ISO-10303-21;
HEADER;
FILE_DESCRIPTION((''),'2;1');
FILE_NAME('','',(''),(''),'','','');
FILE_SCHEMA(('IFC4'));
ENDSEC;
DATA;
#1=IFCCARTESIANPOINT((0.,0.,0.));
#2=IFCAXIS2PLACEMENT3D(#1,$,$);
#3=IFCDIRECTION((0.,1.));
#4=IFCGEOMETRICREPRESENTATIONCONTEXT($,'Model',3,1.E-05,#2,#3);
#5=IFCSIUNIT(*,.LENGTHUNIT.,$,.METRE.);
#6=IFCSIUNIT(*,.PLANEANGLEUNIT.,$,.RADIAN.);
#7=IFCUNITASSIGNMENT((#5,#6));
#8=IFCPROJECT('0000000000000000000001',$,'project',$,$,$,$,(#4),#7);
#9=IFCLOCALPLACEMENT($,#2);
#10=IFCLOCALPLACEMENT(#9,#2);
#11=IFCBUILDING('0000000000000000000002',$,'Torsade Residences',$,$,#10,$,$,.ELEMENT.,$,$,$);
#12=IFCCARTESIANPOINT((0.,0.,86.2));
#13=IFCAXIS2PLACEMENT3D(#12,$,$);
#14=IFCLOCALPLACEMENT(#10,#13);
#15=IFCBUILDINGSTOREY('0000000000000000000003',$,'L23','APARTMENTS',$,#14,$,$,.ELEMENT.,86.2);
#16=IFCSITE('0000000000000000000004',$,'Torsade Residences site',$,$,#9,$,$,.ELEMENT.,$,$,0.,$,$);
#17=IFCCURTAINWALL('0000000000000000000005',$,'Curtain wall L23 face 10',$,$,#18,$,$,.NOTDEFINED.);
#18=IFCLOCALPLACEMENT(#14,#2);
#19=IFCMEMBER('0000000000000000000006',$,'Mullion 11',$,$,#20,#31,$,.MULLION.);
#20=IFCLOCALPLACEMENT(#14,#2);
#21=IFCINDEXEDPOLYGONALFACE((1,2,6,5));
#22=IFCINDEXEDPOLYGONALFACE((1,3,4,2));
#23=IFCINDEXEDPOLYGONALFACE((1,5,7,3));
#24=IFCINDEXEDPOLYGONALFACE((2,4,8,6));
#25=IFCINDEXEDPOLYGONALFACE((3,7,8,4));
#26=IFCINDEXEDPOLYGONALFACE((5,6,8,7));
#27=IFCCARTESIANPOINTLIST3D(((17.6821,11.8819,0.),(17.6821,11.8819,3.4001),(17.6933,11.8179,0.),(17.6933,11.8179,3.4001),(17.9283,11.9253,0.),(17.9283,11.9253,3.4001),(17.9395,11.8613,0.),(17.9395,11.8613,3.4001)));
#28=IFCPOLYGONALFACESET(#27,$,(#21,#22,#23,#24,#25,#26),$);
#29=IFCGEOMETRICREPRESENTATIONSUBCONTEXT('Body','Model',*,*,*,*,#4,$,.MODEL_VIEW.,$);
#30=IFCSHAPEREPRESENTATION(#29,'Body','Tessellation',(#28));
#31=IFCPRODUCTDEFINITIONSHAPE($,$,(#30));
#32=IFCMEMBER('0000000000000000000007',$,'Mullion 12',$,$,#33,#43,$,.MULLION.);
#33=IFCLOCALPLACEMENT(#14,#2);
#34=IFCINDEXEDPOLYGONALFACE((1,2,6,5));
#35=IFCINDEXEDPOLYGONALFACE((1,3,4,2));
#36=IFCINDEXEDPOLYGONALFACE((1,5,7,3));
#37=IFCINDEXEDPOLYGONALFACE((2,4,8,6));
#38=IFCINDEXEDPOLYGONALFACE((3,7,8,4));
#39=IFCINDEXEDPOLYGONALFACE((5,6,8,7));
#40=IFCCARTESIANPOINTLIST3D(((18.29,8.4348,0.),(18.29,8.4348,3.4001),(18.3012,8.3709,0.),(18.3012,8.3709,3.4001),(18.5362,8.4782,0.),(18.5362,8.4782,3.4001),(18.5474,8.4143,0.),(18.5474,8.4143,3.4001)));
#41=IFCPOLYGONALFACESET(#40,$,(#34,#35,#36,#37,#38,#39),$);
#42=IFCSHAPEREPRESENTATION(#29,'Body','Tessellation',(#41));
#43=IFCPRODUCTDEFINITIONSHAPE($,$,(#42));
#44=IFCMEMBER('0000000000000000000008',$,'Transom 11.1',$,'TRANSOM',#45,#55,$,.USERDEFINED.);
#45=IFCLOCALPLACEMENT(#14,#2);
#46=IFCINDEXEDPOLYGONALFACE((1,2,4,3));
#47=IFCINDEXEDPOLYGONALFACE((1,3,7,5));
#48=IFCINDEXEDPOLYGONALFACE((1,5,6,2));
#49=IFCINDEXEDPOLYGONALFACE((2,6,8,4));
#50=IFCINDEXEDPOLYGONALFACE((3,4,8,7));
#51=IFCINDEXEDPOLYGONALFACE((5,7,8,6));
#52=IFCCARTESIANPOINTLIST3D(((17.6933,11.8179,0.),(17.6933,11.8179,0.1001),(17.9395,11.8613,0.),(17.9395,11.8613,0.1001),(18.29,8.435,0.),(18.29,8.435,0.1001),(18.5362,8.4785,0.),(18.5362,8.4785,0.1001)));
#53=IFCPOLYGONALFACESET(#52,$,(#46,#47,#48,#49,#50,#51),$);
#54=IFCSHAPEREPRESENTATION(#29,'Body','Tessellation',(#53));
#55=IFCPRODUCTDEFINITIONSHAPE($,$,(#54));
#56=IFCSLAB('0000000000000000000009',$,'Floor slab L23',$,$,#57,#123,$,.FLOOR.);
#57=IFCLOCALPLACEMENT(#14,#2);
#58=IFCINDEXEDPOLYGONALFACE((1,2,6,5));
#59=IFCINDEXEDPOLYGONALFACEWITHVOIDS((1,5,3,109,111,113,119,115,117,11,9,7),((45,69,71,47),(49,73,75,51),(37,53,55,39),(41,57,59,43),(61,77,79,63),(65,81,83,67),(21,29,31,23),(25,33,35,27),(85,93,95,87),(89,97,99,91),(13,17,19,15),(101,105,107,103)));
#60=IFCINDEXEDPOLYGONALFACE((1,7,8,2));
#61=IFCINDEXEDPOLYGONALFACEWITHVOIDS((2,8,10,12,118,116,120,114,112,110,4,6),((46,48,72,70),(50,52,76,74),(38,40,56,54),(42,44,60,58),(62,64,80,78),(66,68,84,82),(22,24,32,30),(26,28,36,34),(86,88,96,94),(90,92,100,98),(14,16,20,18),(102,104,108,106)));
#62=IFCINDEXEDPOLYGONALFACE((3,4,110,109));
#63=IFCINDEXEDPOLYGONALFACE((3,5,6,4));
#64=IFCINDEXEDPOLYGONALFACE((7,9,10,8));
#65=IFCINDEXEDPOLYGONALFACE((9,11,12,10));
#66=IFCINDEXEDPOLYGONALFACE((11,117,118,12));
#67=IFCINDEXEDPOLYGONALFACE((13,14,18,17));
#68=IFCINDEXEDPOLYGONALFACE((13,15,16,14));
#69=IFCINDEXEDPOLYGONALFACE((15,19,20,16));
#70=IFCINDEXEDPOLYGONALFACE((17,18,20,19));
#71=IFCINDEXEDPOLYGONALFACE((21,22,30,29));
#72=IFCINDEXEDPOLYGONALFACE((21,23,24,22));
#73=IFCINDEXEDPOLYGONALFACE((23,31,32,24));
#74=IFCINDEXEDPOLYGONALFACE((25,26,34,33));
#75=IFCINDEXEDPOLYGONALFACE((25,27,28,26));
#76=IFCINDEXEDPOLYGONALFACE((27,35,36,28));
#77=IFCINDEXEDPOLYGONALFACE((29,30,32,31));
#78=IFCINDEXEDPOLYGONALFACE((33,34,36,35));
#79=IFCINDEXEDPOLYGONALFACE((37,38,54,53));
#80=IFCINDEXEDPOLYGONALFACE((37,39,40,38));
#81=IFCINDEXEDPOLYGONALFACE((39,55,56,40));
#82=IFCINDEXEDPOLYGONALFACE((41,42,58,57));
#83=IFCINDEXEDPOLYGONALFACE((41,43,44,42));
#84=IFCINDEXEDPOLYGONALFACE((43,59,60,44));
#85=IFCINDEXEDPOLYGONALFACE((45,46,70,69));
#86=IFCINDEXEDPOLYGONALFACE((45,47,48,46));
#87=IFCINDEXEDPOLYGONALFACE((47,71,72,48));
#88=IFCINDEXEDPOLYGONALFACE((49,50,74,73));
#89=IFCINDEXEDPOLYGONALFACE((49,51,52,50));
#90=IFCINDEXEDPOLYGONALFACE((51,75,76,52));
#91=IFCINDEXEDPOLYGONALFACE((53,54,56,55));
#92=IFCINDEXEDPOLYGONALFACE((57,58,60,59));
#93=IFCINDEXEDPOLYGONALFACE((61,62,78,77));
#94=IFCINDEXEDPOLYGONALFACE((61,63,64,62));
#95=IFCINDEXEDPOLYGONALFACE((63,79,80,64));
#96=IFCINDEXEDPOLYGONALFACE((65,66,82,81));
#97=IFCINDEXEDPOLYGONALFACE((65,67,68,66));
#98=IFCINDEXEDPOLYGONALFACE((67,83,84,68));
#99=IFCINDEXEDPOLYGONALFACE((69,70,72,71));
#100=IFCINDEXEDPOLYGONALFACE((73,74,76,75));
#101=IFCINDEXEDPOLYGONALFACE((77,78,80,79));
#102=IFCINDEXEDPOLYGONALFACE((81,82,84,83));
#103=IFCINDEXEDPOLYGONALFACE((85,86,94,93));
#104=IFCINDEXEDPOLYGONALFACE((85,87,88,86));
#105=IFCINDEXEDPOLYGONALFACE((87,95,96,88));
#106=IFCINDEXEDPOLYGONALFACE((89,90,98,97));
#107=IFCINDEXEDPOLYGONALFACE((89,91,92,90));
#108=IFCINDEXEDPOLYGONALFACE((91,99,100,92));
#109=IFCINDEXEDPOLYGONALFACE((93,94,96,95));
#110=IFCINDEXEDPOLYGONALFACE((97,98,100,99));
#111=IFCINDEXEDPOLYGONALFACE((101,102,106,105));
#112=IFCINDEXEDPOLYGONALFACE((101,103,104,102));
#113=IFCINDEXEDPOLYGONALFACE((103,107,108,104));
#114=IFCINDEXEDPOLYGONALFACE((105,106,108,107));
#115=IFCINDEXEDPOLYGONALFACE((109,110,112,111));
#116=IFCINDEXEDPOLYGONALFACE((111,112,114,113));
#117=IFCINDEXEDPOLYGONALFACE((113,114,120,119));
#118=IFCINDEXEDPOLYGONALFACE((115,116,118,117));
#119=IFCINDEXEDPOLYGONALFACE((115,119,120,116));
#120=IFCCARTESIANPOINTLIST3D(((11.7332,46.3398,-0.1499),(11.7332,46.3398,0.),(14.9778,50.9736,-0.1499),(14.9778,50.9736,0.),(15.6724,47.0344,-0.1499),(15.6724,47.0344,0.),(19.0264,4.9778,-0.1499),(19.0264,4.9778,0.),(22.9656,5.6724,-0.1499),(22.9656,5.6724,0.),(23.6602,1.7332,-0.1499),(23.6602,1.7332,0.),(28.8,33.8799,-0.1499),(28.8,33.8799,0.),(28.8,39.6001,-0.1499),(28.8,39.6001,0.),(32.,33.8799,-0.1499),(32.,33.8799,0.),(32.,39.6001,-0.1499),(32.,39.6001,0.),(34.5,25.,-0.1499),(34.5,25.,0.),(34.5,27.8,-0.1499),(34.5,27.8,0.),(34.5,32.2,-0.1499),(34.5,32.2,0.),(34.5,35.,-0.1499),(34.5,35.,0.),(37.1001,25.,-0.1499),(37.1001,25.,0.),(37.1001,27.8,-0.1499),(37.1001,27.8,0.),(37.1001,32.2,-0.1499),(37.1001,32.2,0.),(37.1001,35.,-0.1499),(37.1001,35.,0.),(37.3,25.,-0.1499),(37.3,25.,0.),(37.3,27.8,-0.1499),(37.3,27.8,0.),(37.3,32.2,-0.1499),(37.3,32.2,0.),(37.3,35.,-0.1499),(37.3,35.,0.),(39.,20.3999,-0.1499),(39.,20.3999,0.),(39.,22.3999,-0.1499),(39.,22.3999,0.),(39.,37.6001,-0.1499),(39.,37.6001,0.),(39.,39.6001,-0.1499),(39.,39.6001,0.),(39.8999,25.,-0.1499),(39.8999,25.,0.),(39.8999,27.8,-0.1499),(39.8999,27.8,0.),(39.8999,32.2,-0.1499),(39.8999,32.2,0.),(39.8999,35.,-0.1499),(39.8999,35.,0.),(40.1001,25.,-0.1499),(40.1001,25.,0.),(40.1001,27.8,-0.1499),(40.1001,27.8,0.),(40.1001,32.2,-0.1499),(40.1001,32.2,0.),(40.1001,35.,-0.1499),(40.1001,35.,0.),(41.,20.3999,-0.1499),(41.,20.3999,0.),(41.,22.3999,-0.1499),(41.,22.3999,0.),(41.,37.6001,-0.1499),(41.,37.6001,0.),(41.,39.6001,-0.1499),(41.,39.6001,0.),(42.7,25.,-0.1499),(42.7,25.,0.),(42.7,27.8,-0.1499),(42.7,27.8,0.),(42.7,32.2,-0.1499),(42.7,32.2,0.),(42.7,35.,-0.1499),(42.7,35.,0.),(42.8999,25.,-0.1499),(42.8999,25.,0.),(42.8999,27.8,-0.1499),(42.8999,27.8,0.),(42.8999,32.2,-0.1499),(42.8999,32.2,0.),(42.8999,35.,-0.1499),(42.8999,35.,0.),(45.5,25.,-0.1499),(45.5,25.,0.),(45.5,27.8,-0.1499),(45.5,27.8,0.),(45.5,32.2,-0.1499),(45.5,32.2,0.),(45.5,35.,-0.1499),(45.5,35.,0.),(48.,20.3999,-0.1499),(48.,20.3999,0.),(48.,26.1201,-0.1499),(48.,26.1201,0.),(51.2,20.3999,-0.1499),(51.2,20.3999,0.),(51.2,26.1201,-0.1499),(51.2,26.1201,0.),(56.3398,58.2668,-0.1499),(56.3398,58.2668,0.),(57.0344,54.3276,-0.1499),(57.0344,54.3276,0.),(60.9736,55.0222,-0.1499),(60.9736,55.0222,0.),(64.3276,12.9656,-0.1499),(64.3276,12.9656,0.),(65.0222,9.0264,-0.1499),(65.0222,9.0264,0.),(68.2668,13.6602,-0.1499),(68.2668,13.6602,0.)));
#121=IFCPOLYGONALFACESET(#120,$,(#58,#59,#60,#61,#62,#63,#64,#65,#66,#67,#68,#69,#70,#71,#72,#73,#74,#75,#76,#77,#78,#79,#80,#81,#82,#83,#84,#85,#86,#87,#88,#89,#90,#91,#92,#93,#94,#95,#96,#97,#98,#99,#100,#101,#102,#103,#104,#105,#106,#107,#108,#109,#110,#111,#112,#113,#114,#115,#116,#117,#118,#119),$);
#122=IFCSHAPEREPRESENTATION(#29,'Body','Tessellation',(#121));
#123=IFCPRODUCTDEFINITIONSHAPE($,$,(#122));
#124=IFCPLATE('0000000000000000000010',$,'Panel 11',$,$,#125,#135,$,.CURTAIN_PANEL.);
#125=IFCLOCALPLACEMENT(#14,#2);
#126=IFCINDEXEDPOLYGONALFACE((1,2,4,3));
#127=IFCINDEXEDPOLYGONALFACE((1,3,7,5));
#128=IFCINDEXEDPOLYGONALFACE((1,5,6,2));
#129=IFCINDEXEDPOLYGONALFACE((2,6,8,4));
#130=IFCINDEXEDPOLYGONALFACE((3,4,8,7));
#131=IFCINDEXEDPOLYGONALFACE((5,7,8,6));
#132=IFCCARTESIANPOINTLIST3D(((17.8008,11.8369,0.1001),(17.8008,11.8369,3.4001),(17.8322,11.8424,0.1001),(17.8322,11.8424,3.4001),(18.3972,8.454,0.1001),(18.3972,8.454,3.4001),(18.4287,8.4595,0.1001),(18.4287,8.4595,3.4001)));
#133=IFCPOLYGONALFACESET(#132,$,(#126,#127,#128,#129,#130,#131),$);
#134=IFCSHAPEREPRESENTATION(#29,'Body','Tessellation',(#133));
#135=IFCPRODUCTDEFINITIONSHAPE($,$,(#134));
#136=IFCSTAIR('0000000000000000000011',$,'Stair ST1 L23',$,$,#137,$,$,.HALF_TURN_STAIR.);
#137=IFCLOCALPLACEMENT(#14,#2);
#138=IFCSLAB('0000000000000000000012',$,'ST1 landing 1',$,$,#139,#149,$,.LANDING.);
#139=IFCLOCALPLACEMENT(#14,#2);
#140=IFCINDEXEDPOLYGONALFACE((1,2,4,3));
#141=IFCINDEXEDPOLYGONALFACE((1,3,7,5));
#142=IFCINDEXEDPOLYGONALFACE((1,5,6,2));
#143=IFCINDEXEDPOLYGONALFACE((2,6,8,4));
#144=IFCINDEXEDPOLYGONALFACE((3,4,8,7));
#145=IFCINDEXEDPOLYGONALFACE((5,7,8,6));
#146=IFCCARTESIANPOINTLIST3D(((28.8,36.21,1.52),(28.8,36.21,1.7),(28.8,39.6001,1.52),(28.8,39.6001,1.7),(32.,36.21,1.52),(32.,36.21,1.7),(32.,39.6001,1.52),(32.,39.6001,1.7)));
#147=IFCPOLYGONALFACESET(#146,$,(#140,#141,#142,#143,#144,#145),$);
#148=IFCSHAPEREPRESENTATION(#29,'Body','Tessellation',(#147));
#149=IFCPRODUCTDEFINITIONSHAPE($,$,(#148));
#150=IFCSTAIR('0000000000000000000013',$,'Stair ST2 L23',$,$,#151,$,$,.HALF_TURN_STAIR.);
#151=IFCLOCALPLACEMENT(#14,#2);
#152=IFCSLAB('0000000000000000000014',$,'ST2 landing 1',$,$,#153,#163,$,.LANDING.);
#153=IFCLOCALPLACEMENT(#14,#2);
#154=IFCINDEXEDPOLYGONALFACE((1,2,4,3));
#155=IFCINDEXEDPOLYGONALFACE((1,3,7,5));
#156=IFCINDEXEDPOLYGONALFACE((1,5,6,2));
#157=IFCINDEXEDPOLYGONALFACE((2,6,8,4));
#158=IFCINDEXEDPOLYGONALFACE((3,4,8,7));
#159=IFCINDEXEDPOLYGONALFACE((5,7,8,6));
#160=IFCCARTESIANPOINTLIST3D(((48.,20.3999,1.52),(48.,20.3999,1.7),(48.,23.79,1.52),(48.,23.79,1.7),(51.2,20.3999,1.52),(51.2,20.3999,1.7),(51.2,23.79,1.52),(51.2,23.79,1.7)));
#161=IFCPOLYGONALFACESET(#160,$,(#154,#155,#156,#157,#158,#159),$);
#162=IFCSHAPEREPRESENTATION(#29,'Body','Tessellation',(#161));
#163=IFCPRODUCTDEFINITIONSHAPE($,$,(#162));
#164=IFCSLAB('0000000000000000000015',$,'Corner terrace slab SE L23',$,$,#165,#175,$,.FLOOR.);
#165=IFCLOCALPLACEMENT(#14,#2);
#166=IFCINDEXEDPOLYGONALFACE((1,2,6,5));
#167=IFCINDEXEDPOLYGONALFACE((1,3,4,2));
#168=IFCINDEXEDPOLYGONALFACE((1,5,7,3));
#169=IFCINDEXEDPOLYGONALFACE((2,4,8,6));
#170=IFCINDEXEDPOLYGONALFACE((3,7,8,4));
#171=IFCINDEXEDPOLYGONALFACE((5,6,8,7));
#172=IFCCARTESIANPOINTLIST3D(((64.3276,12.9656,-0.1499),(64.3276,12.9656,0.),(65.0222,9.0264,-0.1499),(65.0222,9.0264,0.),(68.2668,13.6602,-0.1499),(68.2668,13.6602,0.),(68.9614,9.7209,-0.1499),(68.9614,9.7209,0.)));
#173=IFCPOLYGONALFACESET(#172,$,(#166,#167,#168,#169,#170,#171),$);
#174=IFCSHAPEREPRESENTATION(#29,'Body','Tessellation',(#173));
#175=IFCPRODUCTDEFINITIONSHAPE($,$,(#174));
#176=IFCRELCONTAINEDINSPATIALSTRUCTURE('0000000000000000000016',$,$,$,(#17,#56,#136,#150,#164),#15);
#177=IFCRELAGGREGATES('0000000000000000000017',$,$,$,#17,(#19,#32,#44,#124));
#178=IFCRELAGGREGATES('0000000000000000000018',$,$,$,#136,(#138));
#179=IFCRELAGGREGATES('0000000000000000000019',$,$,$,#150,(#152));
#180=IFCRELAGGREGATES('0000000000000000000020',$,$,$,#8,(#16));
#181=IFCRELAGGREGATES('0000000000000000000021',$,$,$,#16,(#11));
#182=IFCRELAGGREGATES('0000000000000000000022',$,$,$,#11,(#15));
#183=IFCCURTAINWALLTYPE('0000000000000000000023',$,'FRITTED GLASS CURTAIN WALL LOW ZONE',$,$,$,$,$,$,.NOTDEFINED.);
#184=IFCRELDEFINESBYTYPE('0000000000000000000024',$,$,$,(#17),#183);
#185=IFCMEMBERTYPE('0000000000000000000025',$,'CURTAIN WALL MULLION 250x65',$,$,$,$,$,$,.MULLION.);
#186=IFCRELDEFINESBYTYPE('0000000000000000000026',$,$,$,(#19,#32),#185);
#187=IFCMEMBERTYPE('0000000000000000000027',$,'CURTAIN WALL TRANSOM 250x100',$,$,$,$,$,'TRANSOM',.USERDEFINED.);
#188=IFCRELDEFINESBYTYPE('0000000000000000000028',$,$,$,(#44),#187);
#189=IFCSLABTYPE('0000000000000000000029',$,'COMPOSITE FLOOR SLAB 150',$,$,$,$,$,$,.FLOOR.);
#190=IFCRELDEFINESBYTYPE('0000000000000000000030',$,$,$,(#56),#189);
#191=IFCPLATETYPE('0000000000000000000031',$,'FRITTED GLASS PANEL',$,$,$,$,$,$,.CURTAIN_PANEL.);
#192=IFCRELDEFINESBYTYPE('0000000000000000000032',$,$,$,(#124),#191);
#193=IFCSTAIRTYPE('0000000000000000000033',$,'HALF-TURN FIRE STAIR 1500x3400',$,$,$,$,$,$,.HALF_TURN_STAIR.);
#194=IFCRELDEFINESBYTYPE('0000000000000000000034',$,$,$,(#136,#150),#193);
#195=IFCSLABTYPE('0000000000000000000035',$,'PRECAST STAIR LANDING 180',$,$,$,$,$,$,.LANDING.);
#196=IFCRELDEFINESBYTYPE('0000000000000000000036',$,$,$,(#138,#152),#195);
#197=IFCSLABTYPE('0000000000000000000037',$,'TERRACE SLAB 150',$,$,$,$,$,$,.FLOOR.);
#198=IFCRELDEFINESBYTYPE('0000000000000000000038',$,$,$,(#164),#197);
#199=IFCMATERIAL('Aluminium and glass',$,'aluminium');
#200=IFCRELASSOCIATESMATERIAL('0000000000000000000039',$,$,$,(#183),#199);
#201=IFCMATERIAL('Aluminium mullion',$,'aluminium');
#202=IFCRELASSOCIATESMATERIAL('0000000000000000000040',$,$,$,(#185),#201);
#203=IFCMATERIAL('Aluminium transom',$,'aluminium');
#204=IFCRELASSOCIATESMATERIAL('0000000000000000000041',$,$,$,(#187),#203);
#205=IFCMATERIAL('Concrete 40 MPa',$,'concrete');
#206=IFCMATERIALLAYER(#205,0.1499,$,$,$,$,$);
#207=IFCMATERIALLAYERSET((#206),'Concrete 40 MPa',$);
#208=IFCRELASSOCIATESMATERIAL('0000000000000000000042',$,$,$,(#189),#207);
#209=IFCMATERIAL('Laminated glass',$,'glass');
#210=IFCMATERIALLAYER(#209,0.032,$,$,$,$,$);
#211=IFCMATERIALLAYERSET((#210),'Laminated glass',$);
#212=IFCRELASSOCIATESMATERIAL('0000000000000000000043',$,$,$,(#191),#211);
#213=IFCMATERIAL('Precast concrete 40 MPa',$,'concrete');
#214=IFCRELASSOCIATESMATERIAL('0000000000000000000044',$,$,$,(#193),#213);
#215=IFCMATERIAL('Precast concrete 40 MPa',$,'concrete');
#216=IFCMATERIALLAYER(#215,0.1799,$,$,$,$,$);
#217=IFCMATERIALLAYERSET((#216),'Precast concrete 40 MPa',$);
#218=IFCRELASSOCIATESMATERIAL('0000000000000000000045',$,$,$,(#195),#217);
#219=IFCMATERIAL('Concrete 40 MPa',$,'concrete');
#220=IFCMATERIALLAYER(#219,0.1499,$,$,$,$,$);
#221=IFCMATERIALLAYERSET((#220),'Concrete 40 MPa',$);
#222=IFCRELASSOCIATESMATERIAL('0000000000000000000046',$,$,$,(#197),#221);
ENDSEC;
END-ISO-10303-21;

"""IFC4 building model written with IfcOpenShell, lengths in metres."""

from ifc_helpers import new_model, si_unit, direction, frame, origin, origin_2d, place, context, subcontext, project, spatial, polyline, rectangle, outline, extrude, material, layer, layer_set, material_profile, profile_set, type_object, element, aggregate, save


model = new_model("IFC4")

# Units and contexts
model_context = context("Model", 3, precision=1e-05, world=origin(), true_north=direction((0.0, 1.0)))
body_context = subcontext(model_context, "Body", "Model", "MODEL_VIEW")
ifc_project = project(units=[si_unit("LENGTHUNIT", "METRE"), si_unit("PLANEANGLEUNIT", "RADIAN")], contexts=[model_context])

# Site, building, storey
site_placement = place(None, origin())
site = spatial("IfcSite", under=ifc_project, at=site_placement, Name="Torsade Residences site", CompositionType="ELEMENT", RefElevation=0.0)
building_placement = place(site_placement, origin())
building = spatial("IfcBuilding", under=site, at=building_placement, Name="Torsade Residences", CompositionType="ELEMENT")
storey_placement = place(building_placement, frame((0.0, 0.0, 86.2)))
storey = spatial("IfcBuildingStorey", under=building, at=storey_placement, Name="L23", Description="APARTMENTS", CompositionType="ELEMENT", Elevation=86.2)

# Curtain wall, members
ifc_material_1 = material(Name="Aluminium and glass", Category="aluminium")
curtain_wall_type = type_object("IfcCurtainWallType", Name="FRITTED GLASS CURTAIN WALL LOW ZONE", PredefinedType="NOTDEFINED", material=ifc_material_1)
curtain_wall_placement = place(storey_placement, origin())
curtain_wall = element("IfcCurtainWall", 1, at=curtain_wall_placement, inside=storey, type_object=curtain_wall_type, Name="Curtain wall L23 face 10", PredefinedType="NOTDEFINED")
ifc_material_2 = material(Name="Aluminium mullion", Category="aluminium")
ifc_material_profile_1 = material_profile(ifc_material_2, rectangle(XDim=0.25, YDim=0.0649, at=origin_2d()), Name="CURTAIN WALL MULLION 250x65")
ifc_profile_set_1 = profile_set([ifc_material_profile_1], Name="Aluminium mullion")
member_type_1 = type_object("IfcMemberType", Name="CURTAIN WALL MULLION 250x65", PredefinedType="MULLION", material=ifc_profile_set_1)
member_1_placement = place(storey_placement, frame((17.8108, 11.8716, 0.0), z_axis=(0.0, 0.0, 1.0), x_axis=(0.984808, 0.173648, 0.0)))
member_1 = element("IfcMember", 2, at=member_1_placement, type_object=member_type_1, Name="Mullion 11", PredefinedType="MULLION", context=body_context, shape_type="SweptSolid", body=[
    extrude(rectangle(XDim=0.25, YDim=0.0649, at=origin_2d()), origin(), (0.0, 0.0, 1.0), 3.4001),
])
member_2_placement = place(storey_placement, frame((18.4187, 8.4246, 0.0), z_axis=(0.0, 0.0, 1.0), x_axis=(0.984808, 0.173648, 0.0)))
member_2 = element("IfcMember", 3, at=member_2_placement, type_object=member_type_1, Name="Mullion 12", PredefinedType="MULLION", context=body_context, shape_type="SweptSolid", body=[
    extrude(rectangle(XDim=0.25, YDim=0.0649, at=origin_2d()), origin(), (0.0, 0.0, 1.0), 3.4001),
])
ifc_material_3 = material(Name="Aluminium transom", Category="aluminium")
ifc_material_profile_2 = material_profile(ifc_material_3, rectangle(XDim=0.25, YDim=0.1001, at=origin_2d()), Name="CURTAIN WALL TRANSOM 250x100")
ifc_profile_set_2 = profile_set([ifc_material_profile_2], Name="Aluminium transom")
member_type_2 = type_object("IfcMemberType", Name="CURTAIN WALL TRANSOM 250x100", ElementType="TRANSOM", PredefinedType="USERDEFINED", material=ifc_profile_set_2)
member_3_placement = place(storey_placement, frame((17.8164, 11.8396, 0.05), z_axis=(0.173704, -0.984798, 0.0), x_axis=(0.984798, 0.173704, 0.0)))
member_3 = element("IfcMember", 4, at=member_3_placement, type_object=member_type_2, Name="Transom 11.1", ObjectType="TRANSOM", PredefinedType="USERDEFINED", context=body_context, shape_type="SweptSolid", body=[
    extrude(rectangle(XDim=0.25, YDim=0.1001, at=origin_2d()), origin(), (0.0, 0.0, 1.0), 3.4351),
])

# Slab
ifc_material_4 = material(Name="Concrete 40 MPa", Category="concrete")
ifc_layer_1 = layer(ifc_material_4, 0.1499)
ifc_layer_set_1 = layer_set([ifc_layer_1], Name="Concrete 40 MPa")
slab_type_1 = type_object("IfcSlabType", Name="COMPOSITE FLOOR SLAB 150", PredefinedType="FLOOR", material=ifc_layer_set_1)
slab_1_placement = place(storey_placement, frame((0.0, 0.0, -0.1499)))
element("IfcSlab", 5, at=slab_1_placement, inside=storey, type_object=slab_type_1, Name="Floor slab L23", PredefinedType="FLOOR", context=body_context, shape_type="SweptSolid", body=[
    extrude(outline(polyline([(23.6602, 1.7332), (65.0222, 9.0264), (64.3276, 12.9656), (68.2668, 13.6602), (60.9736, 55.0222), (57.0344, 54.3276), (56.3398, 58.2668), (14.9778, 50.9736), (15.6724, 47.0344), (11.7332, 46.3398), (19.0264, 4.9778), (22.9656, 5.6724), (23.6602, 1.7332)]), holes=[polyline([(51.2, 20.3999), (51.2, 26.1201), (48.0, 26.1201), (48.0, 20.3999), (51.2, 20.3999)]), polyline([(45.5, 27.8), (42.8999, 27.8), (42.8999, 25.0), (45.5, 25.0), (45.5, 27.8)]), polyline([(45.5, 32.2), (45.5, 35.0), (42.8999, 35.0), (42.8999, 32.2), (45.5, 32.2)]), polyline([(42.7, 25.0), (42.7, 27.8), (40.1001, 27.8), (40.1001, 25.0), (42.7, 25.0)]), polyline([(42.7, 32.2), (42.7, 35.0), (40.1001, 35.0), (40.1001, 32.2), (42.7, 32.2)]), polyline([(41.0, 22.3999), (39.0, 22.3999), (39.0, 20.3999), (41.0, 20.3999), (41.0, 22.3999)]), polyline([(41.0, 37.6001), (41.0, 39.6001), (39.0, 39.6001), (39.0, 37.6001), (41.0, 37.6001)]), polyline([(39.8999, 25.0), (39.8999, 27.8), (37.3, 27.8), (37.3, 25.0), (39.8999, 25.0)]), polyline([(39.8999, 35.0), (37.3, 35.0), (37.3, 32.2), (39.8999, 32.2), (39.8999, 35.0)]), polyline([(37.1001, 27.8), (34.5, 27.8), (34.5, 25.0), (37.1001, 25.0), (37.1001, 27.8)]), polyline([(37.1001, 32.2), (37.1001, 35.0), (34.5, 35.0), (34.5, 32.2), (37.1001, 32.2)]), polyline([(32.0, 33.8799), (32.0, 39.6001), (28.8, 39.6001), (28.8, 33.8799), (32.0, 33.8799)])]), origin(), (0.0, 0.0, 1.0), 0.1499),
])

# Plate
ifc_material_5 = material(Name="Laminated glass", Category="glass")
ifc_layer_2 = layer(ifc_material_5, 0.032)
ifc_layer_set_2 = layer_set([ifc_layer_2], Name="Laminated glass")
plate_type = type_object("IfcPlateType", Name="FRITTED GLASS PANEL", PredefinedType="CURTAIN_PANEL", material=ifc_layer_set_2)
plate_placement = place(storey_placement, frame((18.1147, 10.1482, 0.1001), z_axis=(0.0, 0.0, 1.0), x_axis=(0.173648, -0.984808, 0.0)))
plate = element("IfcPlate", 6, at=plate_placement, type_object=plate_type, Name="Panel 11", PredefinedType="CURTAIN_PANEL", context=body_context, shape_type="SweptSolid", body=[
    extrude(rectangle(XDim=3.4351, YDim=0.032, at=origin_2d()), origin(), (0.0, 0.0, 1.0), 3.3),
])
aggregate(curtain_wall, [member_1, member_2, member_3, plate])

# Stairs, slabs
ifc_material_6 = material(Name="Precast concrete 40 MPa", Category="concrete")
stair_type = type_object("IfcStairType", Name="HALF-TURN FIRE STAIR 1500x3400", PredefinedType="HALF_TURN_STAIR", material=ifc_material_6)
stair_1_placement = place(storey_placement, origin())
stair_1 = element("IfcStair", 7, at=stair_1_placement, inside=storey, type_object=stair_type, Name="Stair ST1 L23", PredefinedType="HALF_TURN_STAIR")
ifc_material_7 = material(Name="Precast concrete 40 MPa", Category="concrete")
ifc_layer_3 = layer(ifc_material_7, 0.1799)
ifc_layer_set_3 = layer_set([ifc_layer_3], Name="Precast concrete 40 MPa")
slab_type_2 = type_object("IfcSlabType", Name="PRECAST STAIR LANDING 180", PredefinedType="LANDING", material=ifc_layer_set_3)
slab_2_placement = place(storey_placement, frame((0.0, 0.0, 1.52)))
slab_2 = element("IfcSlab", 8, at=slab_2_placement, type_object=slab_type_2, Name="ST1 landing 1", PredefinedType="LANDING", context=body_context, shape_type="SweptSolid", body=[
    extrude(outline(polyline([(28.8, 36.21), (32.0, 36.21), (32.0, 39.6001), (28.8, 39.6001), (28.8, 36.21)])), origin(), (0.0, 0.0, 1.0), 0.1799),
])
aggregate(stair_1, [slab_2])
stair_2_placement = place(storey_placement, origin())
stair_2 = element("IfcStair", 9, at=stair_2_placement, inside=storey, type_object=stair_type, Name="Stair ST2 L23", PredefinedType="HALF_TURN_STAIR")
slab_3_placement = place(storey_placement, frame((0.0, 0.0, 1.52)))
slab_3 = element("IfcSlab", 10, at=slab_3_placement, type_object=slab_type_2, Name="ST2 landing 1", PredefinedType="LANDING", context=body_context, shape_type="SweptSolid", body=[
    extrude(outline(polyline([(48.0, 20.3999), (51.2, 20.3999), (51.2, 23.79), (48.0, 23.79), (48.0, 20.3999)])), origin(), (0.0, 0.0, 1.0), 0.1799),
])
aggregate(stair_2, [slab_3])

# Slab
ifc_material_8 = material(Name="Concrete 40 MPa", Category="concrete")
ifc_layer_4 = layer(ifc_material_8, 0.1499)
ifc_layer_set_4 = layer_set([ifc_layer_4], Name="Concrete 40 MPa")
slab_type_3 = type_object("IfcSlabType", Name="TERRACE SLAB 150", PredefinedType="FLOOR", material=ifc_layer_set_4)
slab_4_placement = place(storey_placement, frame((0.0, 0.0, -0.1499)))
element("IfcSlab", 11, at=slab_4_placement, inside=storey, type_object=slab_type_3, Name="Corner terrace slab SE L23", PredefinedType="FLOOR", context=body_context, shape_type="SweptSolid", body=[
    extrude(outline(polyline([(65.0222, 9.0264), (68.9614, 9.7209), (68.2668, 13.6602), (64.3276, 12.9656), (65.0222, 9.0264)])), origin(), (0.0, 0.0, 1.0), 0.1499),
])

save(model, "model.ifc")
